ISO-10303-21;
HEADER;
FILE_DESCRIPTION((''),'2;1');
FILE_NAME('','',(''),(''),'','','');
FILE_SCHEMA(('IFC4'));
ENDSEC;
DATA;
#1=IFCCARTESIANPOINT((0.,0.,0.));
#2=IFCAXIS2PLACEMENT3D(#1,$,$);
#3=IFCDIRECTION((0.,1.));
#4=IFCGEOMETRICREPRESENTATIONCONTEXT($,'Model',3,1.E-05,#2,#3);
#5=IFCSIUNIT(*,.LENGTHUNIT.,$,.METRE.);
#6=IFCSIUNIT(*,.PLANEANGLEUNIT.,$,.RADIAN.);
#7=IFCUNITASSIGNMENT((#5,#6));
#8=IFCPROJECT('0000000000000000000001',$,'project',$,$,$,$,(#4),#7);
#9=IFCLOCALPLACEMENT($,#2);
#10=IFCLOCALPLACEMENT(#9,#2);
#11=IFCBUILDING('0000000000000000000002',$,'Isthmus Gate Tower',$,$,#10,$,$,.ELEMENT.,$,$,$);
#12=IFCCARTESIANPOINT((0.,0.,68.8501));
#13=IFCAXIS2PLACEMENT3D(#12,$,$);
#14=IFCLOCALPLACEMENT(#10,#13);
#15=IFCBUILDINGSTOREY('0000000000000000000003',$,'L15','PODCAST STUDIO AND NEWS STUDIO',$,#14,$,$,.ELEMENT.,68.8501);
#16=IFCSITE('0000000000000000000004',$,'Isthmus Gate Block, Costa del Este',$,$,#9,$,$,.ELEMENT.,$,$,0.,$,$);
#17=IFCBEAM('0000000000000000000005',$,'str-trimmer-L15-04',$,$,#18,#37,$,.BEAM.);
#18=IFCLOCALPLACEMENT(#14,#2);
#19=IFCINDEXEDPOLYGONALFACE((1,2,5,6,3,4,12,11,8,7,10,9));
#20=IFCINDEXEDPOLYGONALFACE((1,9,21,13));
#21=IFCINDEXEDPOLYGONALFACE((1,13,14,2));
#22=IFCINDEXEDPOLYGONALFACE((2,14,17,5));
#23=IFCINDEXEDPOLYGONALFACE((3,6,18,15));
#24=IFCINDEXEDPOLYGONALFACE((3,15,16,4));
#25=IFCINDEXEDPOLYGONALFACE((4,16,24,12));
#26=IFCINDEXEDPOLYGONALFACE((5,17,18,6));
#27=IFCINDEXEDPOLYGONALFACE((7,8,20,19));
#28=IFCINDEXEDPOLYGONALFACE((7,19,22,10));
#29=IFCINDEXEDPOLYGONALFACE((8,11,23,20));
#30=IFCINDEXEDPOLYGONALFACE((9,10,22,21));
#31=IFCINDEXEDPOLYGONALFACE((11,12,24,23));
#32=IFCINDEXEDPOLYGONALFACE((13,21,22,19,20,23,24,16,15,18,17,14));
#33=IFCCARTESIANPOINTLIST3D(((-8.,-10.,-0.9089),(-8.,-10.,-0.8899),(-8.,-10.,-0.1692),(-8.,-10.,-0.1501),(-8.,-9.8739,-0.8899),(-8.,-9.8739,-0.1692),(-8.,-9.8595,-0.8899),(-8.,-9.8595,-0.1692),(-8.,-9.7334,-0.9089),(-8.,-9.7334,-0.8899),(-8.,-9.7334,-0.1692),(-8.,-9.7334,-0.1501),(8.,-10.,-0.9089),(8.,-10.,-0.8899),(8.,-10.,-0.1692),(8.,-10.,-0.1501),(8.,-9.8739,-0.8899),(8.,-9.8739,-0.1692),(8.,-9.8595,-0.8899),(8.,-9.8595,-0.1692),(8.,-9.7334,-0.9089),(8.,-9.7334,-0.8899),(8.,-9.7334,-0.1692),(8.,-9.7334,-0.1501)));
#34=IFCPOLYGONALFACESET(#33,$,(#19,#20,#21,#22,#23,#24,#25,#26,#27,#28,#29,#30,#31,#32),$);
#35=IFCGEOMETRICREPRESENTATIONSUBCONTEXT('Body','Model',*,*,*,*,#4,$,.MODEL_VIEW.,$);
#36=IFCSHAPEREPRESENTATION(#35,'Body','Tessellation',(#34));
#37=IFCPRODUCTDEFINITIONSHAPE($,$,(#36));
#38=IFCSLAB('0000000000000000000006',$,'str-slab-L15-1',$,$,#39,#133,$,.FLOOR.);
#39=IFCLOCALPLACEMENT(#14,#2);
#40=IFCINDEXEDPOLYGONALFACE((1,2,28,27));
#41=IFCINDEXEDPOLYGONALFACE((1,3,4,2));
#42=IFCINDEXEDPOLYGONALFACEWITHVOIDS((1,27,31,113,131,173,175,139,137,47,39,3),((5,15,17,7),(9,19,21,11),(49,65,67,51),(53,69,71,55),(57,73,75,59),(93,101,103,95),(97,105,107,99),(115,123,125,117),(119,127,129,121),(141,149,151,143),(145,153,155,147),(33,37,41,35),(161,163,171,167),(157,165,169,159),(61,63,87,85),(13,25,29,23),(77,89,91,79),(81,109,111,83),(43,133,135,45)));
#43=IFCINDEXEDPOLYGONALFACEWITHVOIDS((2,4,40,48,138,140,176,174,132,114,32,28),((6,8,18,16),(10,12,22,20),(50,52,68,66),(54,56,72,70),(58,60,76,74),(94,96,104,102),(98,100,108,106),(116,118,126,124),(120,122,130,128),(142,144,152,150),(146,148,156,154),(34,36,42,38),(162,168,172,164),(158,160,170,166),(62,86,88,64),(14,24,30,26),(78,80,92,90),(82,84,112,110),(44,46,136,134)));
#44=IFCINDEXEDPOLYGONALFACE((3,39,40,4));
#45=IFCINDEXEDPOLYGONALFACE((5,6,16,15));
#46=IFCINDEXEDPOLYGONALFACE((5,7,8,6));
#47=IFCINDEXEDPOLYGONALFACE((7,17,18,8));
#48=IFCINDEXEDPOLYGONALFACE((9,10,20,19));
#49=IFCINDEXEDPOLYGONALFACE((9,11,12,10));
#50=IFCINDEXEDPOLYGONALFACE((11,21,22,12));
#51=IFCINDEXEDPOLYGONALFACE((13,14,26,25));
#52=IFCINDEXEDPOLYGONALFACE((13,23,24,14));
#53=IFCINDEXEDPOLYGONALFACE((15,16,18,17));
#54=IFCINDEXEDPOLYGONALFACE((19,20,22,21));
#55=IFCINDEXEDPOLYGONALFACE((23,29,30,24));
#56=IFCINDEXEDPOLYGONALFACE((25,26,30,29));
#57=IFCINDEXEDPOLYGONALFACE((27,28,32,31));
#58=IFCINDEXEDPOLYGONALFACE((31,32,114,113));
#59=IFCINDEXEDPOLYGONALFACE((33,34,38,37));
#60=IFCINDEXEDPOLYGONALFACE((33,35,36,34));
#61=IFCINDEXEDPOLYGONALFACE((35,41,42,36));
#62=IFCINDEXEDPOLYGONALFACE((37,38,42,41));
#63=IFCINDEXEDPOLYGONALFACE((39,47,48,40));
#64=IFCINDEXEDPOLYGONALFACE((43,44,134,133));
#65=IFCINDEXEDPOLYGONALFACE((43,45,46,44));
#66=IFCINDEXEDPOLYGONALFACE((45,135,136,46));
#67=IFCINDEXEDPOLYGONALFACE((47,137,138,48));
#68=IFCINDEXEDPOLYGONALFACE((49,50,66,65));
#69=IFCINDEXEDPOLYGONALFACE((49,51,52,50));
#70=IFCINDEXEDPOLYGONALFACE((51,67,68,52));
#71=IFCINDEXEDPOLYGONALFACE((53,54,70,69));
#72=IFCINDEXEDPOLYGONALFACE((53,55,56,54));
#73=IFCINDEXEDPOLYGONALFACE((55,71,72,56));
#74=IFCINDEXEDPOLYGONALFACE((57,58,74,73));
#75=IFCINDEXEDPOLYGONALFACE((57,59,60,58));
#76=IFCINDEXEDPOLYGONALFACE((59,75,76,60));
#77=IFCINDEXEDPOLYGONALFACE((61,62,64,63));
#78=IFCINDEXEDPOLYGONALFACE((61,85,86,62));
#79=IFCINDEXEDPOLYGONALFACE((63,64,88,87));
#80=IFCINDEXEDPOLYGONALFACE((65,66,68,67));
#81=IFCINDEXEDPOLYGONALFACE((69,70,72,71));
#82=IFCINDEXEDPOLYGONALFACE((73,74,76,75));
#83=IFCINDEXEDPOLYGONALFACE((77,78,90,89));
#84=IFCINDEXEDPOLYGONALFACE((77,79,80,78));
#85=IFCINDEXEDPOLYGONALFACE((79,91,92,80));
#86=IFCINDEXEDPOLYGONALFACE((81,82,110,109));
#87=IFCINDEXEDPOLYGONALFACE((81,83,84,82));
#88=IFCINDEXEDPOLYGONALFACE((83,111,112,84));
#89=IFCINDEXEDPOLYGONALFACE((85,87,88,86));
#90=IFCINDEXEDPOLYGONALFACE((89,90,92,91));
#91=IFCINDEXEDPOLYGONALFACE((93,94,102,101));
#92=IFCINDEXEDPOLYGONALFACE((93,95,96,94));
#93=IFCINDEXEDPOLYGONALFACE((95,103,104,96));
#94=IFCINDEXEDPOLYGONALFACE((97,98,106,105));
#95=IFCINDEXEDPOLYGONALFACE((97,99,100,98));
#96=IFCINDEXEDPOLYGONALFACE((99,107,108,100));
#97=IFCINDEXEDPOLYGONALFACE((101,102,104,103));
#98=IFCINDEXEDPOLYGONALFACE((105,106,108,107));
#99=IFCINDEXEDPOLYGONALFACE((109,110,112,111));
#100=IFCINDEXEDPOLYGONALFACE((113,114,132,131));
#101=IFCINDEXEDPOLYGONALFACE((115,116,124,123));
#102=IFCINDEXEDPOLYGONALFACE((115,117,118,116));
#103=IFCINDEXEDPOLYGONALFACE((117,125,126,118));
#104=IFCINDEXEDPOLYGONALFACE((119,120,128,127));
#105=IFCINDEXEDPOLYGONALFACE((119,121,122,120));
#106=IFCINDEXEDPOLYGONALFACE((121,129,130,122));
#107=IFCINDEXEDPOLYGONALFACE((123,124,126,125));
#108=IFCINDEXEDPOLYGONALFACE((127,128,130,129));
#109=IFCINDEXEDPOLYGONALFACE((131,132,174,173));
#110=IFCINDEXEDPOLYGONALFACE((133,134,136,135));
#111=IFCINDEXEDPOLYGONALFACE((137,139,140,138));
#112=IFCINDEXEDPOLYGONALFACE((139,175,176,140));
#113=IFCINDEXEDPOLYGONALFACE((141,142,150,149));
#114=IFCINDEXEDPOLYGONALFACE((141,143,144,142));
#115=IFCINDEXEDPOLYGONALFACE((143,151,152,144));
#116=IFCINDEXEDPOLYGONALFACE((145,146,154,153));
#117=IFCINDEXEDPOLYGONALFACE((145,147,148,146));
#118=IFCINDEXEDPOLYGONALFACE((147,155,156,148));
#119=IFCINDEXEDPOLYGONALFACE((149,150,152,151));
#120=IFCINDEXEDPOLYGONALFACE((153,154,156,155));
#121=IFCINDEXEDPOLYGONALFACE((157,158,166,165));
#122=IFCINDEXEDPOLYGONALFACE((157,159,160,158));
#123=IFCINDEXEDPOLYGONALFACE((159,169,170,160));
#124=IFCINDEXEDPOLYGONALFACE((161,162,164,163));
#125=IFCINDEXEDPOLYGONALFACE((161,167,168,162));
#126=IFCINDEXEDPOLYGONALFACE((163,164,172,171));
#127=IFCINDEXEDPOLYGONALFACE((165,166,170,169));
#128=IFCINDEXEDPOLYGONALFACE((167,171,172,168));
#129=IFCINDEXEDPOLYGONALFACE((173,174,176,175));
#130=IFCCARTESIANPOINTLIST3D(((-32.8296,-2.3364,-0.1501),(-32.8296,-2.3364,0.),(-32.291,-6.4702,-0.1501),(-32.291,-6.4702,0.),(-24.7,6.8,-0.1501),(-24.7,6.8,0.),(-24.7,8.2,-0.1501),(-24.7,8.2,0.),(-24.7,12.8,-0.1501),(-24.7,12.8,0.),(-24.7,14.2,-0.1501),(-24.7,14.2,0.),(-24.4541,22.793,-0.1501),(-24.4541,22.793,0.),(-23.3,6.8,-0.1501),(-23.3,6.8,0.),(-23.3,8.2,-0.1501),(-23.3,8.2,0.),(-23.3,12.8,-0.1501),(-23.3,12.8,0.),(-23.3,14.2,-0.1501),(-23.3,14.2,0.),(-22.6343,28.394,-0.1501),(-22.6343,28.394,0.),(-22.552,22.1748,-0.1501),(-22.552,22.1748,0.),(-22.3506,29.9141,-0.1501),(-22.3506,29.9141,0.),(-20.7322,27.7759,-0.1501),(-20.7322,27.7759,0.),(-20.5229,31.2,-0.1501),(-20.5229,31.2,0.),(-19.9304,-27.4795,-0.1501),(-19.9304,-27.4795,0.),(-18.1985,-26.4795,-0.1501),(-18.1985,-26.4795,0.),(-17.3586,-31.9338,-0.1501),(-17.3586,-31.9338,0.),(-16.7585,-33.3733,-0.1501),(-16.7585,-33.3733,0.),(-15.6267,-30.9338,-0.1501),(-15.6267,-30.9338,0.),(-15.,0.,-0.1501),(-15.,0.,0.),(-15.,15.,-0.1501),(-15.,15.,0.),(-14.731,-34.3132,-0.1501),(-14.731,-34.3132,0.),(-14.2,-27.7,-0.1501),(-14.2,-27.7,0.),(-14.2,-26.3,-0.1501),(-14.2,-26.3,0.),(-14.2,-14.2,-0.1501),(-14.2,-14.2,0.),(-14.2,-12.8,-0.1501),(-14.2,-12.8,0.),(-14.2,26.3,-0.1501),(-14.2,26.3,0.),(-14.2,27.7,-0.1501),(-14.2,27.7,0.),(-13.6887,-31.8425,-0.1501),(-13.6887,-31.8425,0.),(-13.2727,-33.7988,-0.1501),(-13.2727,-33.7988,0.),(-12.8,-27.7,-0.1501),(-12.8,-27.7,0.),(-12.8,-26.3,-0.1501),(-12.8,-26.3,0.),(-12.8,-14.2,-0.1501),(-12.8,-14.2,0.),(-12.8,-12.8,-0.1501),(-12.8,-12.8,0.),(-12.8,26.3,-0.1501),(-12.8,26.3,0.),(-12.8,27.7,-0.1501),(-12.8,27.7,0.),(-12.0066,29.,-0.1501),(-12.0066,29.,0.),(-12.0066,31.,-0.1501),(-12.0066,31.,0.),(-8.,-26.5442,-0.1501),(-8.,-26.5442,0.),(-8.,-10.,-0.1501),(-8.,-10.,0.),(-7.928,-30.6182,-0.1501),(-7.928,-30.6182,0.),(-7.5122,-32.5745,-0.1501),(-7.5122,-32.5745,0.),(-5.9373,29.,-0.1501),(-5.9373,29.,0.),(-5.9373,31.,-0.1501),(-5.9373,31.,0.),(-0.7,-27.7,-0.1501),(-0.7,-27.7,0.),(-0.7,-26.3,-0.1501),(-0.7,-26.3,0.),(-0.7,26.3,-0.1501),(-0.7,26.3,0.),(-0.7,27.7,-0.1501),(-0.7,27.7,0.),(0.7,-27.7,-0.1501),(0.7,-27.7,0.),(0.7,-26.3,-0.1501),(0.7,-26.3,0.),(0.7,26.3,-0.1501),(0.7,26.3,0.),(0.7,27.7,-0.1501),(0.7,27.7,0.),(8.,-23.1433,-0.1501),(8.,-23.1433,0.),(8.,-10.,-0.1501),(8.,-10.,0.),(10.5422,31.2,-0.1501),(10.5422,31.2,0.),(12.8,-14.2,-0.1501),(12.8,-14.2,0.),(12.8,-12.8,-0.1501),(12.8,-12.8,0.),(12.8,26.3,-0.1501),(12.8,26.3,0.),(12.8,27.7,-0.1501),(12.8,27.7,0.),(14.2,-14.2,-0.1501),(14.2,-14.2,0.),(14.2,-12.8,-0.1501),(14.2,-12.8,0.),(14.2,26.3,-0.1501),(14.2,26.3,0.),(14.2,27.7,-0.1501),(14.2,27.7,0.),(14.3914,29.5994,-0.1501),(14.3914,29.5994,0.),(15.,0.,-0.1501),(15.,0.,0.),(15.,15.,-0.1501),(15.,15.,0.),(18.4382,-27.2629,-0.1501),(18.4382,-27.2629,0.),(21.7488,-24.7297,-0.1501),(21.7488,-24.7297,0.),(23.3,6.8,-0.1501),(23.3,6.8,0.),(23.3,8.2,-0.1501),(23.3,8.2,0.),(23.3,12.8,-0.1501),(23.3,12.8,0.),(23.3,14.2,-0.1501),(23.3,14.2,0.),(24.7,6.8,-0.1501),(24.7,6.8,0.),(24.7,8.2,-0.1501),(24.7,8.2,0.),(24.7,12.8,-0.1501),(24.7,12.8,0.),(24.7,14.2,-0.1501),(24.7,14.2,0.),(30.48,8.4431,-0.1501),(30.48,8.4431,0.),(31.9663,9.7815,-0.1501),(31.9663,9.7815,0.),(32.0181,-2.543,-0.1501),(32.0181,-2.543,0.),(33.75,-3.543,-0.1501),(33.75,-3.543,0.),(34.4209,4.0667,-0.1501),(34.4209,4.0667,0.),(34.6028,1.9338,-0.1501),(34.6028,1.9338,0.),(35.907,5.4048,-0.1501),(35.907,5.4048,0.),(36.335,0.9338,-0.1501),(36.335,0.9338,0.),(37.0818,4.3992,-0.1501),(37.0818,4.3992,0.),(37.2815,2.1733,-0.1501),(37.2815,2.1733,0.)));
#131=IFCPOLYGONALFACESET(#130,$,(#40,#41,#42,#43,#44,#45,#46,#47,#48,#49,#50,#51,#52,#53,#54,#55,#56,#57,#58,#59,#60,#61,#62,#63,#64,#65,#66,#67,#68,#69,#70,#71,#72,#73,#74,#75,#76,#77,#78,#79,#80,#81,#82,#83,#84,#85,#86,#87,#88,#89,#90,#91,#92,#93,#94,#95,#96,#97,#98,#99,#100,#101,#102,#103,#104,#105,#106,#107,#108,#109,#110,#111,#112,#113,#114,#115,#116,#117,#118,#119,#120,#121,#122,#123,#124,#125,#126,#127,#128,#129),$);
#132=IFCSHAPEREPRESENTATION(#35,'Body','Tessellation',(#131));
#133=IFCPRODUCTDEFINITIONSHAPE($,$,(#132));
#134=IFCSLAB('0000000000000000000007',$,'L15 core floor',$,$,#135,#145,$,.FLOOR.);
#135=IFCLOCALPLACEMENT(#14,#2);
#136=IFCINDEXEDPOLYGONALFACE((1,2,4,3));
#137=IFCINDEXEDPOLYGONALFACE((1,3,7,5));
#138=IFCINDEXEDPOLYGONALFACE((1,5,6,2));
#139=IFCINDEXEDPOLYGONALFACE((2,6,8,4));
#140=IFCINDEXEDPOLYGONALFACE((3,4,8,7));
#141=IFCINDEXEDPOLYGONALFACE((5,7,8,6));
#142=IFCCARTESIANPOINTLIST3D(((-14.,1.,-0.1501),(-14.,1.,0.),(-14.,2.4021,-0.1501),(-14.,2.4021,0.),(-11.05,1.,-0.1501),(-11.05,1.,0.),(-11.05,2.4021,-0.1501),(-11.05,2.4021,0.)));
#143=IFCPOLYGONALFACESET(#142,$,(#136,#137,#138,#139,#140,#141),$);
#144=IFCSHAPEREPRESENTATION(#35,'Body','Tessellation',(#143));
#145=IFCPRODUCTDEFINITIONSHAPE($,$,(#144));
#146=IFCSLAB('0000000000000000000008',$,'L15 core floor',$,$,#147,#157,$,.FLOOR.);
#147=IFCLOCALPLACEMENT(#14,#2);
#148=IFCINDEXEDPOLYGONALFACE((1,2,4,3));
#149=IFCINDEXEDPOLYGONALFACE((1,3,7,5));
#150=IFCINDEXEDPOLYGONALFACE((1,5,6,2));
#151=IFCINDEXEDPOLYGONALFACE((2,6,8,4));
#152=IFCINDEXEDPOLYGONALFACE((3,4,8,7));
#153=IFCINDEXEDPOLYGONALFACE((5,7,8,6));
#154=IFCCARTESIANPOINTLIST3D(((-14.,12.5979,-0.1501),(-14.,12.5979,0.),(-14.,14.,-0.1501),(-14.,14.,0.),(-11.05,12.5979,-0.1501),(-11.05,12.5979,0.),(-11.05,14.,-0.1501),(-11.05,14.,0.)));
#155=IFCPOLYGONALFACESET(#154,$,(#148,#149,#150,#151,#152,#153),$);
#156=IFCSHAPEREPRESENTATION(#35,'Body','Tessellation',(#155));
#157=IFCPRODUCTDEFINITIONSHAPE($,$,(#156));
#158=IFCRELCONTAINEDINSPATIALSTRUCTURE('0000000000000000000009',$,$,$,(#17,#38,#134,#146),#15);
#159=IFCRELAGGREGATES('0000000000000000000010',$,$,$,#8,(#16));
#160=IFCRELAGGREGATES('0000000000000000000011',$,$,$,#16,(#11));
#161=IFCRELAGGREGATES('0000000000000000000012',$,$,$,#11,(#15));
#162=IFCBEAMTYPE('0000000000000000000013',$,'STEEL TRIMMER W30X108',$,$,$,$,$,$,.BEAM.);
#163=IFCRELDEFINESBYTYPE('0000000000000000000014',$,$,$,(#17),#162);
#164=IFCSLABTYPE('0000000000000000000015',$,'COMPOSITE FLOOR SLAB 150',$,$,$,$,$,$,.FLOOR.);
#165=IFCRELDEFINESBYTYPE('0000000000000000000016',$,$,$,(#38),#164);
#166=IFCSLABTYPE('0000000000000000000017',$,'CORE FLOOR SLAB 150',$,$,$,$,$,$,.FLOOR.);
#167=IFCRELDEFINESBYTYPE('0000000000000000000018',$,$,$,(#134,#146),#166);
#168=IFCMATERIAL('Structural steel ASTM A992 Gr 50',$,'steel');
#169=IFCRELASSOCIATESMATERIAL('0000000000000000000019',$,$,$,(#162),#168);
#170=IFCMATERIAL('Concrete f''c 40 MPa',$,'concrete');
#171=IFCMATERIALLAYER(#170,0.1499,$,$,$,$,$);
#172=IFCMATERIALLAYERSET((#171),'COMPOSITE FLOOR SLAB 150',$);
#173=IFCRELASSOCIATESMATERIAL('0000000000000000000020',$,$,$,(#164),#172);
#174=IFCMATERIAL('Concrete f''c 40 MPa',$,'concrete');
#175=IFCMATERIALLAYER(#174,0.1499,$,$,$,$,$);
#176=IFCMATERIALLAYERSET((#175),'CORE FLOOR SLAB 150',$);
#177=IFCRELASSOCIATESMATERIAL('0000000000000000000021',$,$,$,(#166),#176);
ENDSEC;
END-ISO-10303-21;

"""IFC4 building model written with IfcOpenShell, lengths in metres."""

from ifc_helpers import new_model, si_unit, direction, frame, origin, origin_2d, place, context, subcontext, project, spatial, polyline, i_section, outline, extrude, material, layer, layer_set, material_profile, profile_set, type_object, element, save


model = new_model("IFC4")

# Units and contexts
model_context = context("Model", 3, precision=1e-05, world=origin(), true_north=direction((0.0, 1.0)))
body_context = subcontext(model_context, "Body", "Model", "MODEL_VIEW")
ifc_project = project(units=[si_unit("LENGTHUNIT", "METRE"), si_unit("PLANEANGLEUNIT", "RADIAN")], contexts=[model_context])

# Site, building, storey
site_placement = place(None, origin())
site = spatial("IfcSite", under=ifc_project, at=site_placement, Name="Isthmus Gate Block, Costa del Este", CompositionType="ELEMENT", RefElevation=0.0)
building_placement = place(site_placement, origin())
building = spatial("IfcBuilding", under=site, at=building_placement, Name="Isthmus Gate Tower", CompositionType="ELEMENT")
storey_placement = place(building_placement, frame((0.0, 0.0, 68.8501)))
storey = spatial("IfcBuildingStorey", under=building, at=storey_placement, Name="L15", Description="PODCAST STUDIO AND NEWS STUDIO", CompositionType="ELEMENT", Elevation=68.8501)

# Beam
ifc_material_1 = material(Name="Structural steel ASTM A992 Gr 50", Category="steel")
ifc_material_profile_1 = material_profile(ifc_material_1, i_section(OverallWidth=0.2666, OverallDepth=0.7588, WebThickness=0.0144, FlangeThickness=0.019, at=origin_2d()), Name="W30X108")
ifc_profile_set_1 = profile_set([ifc_material_profile_1], Name="Structural steel ASTM A992 Gr 50")
beam_type_1 = type_object("IfcBeamType", Name="STEEL TRIMMER W30X108", PredefinedType="BEAM", material=ifc_profile_set_1)
beam_1_placement = place(storey_placement, frame((8.0, -9.8667, -0.5295), z_axis=(-1.0, 0.0, 0.0), x_axis=(0.0, -1.0, 0.0)))
element("IfcBeam", 1, at=beam_1_placement, inside=storey, type_object=beam_type_1, Name="str-trimmer-L15-04", PredefinedType="BEAM", context=body_context, shape_type="SweptSolid", body=[
    extrude(i_section(OverallWidth=0.2666, OverallDepth=0.7588, WebThickness=0.0144, FlangeThickness=0.019, at=origin_2d()), origin(), (0.0, 0.0, 1.0), 16.0),
])

# Slabs
ifc_material_2 = material(Name="Concrete f'c 40 MPa", Category="concrete")
ifc_layer_1 = layer(ifc_material_2, 0.1499)
ifc_layer_set_1 = layer_set([ifc_layer_1], Name="COMPOSITE FLOOR SLAB 150")
slab_type_1 = type_object("IfcSlabType", Name="COMPOSITE FLOOR SLAB 150", PredefinedType="FLOOR", material=ifc_layer_set_1)
slab_1_placement = place(storey_placement, frame((0.0, 0.0, -0.1501)))
element("IfcSlab", 2, at=slab_1_placement, inside=storey, type_object=slab_type_1, Name="str-slab-L15-1", PredefinedType="FLOOR", context=body_context, shape_type="SweptSolid", body=[
    extrude(outline(polyline([(14.3914, 29.5994), (37.0818, 4.3992), (37.2815, 2.1733), (21.7488, -24.7297), (18.4382, -27.2629), (-14.731, -34.3132), (-16.7585, -33.3733), (-32.291, -6.4702), (-32.8296, -2.3364), (-22.3506, 29.9141), (-20.5229, 31.2), (10.5422, 31.2), (14.3914, 29.5994)]), holes=[polyline([(-7.5122, -32.5745), (-7.928, -30.6182), (-13.6887, -31.8425), (-13.2727, -33.7988), (-7.5122, -32.5745)]), polyline([(-17.3586, -31.9338), (-15.6267, -30.9338), (-18.1985, -26.4795), (-19.9304, -27.4795), (-17.3586, -31.9338)]), polyline([(-14.2, -26.3), (-14.2, -27.7), (-12.8, -27.7), (-12.8, -26.3), (-14.2, -26.3)]), polyline([(-0.7, -26.3), (-0.7, -27.7), (0.7, -27.7), (0.7, -26.3), (-0.7, -26.3)]), polyline([(-14.2, -12.8), (-14.2, -14.2), (-12.8, -14.2), (-12.8, -12.8), (-14.2, -12.8)]), polyline([(-23.3, 8.2), (-24.7, 8.2), (-24.7, 6.8), (-23.3, 6.8), (-23.3, 8.2)]), polyline([(-23.3, 14.2), (-24.7, 14.2), (-24.7, 12.8), (-23.3, 12.8), (-23.3, 14.2)]), polyline([(-22.6343, 28.394), (-24.4541, 22.793), (-22.552, 22.1748), (-20.7322, 27.7759), (-22.6343, 28.394)]), polyline([(-12.8, 27.7), (-14.2, 27.7), (-14.2, 26.3), (-12.8, 26.3), (-12.8, 27.7)]), polyline([(-12.0066, 31.0), (-12.0066, 29.0), (-5.9373, 29.0), (-5.9373, 31.0), (-12.0066, 31.0)]), polyline([(8.0, -23.1433), (8.0, -10.0), (-8.0, -10.0), (-8.0, -26.5442), (8.0, -23.1433)]), polyline([(14.2, -12.8), (12.8, -12.8), (12.8, -14.2), (14.2, -14.2), (14.2, -12.8)]), polyline([(33.75, -3.543), (36.335, 0.9338), (34.6028, 1.9338), (32.0181, -2.543), (33.75, -3.543)]), polyline([(35.907, 5.4048), (31.9663, 9.7815), (30.48, 8.4431), (34.4209, 4.0667), (35.907, 5.4048)]), polyline([(15.0, 15.0), (-15.0, 15.0), (-15.0, 0.0), (15.0, 0.0), (15.0, 15.0)]), polyline([(24.7, 8.2), (23.3, 8.2), (23.3, 6.8), (24.7, 6.8), (24.7, 8.2)]), polyline([(23.3, 14.2), (23.3, 12.8), (24.7, 12.8), (24.7, 14.2), (23.3, 14.2)]), polyline([(0.7, 26.3), (0.7, 27.7), (-0.7, 27.7), (-0.7, 26.3), (0.7, 26.3)]), polyline([(14.2, 26.3), (14.2, 27.7), (12.8, 27.7), (12.8, 26.3), (14.2, 26.3)])]), origin(), (0.0, 0.0, 1.0), 0.1501),
])
ifc_material_3 = material(Name="Concrete f'c 40 MPa", Category="concrete")
ifc_layer_2 = layer(ifc_material_3, 0.1499)
ifc_layer_set_2 = layer_set([ifc_layer_2], Name="CORE FLOOR SLAB 150")
slab_type_2 = type_object("IfcSlabType", Name="CORE FLOOR SLAB 150", PredefinedType="FLOOR", material=ifc_layer_set_2)
slab_2_placement = place(storey_placement, frame((0.0, 0.0, -0.1501)))
element("IfcSlab", 3, at=slab_2_placement, inside=storey, type_object=slab_type_2, Name="L15 core floor", PredefinedType="FLOOR", context=body_context, shape_type="SweptSolid", body=[
    extrude(outline(polyline([(-11.05, 1.0), (-11.05, 2.4021), (-14.0, 2.4021), (-14.0, 1.0), (-11.05, 1.0)])), origin(), (0.0, 0.0, 1.0), 0.1501),
])
slab_3_placement = place(storey_placement, frame((0.0, 0.0, -0.1501)))
element("IfcSlab", 4, at=slab_3_placement, inside=storey, type_object=slab_type_2, Name="L15 core floor", PredefinedType="FLOOR", context=body_context, shape_type="SweptSolid", body=[
    extrude(outline(polyline([(-14.0, 14.0), (-14.0, 12.5979), (-11.05, 12.5979), (-11.05, 14.0), (-14.0, 14.0)])), origin(), (0.0, 0.0, 1.0), 0.1501),
])

save(model, "model.ifc")
